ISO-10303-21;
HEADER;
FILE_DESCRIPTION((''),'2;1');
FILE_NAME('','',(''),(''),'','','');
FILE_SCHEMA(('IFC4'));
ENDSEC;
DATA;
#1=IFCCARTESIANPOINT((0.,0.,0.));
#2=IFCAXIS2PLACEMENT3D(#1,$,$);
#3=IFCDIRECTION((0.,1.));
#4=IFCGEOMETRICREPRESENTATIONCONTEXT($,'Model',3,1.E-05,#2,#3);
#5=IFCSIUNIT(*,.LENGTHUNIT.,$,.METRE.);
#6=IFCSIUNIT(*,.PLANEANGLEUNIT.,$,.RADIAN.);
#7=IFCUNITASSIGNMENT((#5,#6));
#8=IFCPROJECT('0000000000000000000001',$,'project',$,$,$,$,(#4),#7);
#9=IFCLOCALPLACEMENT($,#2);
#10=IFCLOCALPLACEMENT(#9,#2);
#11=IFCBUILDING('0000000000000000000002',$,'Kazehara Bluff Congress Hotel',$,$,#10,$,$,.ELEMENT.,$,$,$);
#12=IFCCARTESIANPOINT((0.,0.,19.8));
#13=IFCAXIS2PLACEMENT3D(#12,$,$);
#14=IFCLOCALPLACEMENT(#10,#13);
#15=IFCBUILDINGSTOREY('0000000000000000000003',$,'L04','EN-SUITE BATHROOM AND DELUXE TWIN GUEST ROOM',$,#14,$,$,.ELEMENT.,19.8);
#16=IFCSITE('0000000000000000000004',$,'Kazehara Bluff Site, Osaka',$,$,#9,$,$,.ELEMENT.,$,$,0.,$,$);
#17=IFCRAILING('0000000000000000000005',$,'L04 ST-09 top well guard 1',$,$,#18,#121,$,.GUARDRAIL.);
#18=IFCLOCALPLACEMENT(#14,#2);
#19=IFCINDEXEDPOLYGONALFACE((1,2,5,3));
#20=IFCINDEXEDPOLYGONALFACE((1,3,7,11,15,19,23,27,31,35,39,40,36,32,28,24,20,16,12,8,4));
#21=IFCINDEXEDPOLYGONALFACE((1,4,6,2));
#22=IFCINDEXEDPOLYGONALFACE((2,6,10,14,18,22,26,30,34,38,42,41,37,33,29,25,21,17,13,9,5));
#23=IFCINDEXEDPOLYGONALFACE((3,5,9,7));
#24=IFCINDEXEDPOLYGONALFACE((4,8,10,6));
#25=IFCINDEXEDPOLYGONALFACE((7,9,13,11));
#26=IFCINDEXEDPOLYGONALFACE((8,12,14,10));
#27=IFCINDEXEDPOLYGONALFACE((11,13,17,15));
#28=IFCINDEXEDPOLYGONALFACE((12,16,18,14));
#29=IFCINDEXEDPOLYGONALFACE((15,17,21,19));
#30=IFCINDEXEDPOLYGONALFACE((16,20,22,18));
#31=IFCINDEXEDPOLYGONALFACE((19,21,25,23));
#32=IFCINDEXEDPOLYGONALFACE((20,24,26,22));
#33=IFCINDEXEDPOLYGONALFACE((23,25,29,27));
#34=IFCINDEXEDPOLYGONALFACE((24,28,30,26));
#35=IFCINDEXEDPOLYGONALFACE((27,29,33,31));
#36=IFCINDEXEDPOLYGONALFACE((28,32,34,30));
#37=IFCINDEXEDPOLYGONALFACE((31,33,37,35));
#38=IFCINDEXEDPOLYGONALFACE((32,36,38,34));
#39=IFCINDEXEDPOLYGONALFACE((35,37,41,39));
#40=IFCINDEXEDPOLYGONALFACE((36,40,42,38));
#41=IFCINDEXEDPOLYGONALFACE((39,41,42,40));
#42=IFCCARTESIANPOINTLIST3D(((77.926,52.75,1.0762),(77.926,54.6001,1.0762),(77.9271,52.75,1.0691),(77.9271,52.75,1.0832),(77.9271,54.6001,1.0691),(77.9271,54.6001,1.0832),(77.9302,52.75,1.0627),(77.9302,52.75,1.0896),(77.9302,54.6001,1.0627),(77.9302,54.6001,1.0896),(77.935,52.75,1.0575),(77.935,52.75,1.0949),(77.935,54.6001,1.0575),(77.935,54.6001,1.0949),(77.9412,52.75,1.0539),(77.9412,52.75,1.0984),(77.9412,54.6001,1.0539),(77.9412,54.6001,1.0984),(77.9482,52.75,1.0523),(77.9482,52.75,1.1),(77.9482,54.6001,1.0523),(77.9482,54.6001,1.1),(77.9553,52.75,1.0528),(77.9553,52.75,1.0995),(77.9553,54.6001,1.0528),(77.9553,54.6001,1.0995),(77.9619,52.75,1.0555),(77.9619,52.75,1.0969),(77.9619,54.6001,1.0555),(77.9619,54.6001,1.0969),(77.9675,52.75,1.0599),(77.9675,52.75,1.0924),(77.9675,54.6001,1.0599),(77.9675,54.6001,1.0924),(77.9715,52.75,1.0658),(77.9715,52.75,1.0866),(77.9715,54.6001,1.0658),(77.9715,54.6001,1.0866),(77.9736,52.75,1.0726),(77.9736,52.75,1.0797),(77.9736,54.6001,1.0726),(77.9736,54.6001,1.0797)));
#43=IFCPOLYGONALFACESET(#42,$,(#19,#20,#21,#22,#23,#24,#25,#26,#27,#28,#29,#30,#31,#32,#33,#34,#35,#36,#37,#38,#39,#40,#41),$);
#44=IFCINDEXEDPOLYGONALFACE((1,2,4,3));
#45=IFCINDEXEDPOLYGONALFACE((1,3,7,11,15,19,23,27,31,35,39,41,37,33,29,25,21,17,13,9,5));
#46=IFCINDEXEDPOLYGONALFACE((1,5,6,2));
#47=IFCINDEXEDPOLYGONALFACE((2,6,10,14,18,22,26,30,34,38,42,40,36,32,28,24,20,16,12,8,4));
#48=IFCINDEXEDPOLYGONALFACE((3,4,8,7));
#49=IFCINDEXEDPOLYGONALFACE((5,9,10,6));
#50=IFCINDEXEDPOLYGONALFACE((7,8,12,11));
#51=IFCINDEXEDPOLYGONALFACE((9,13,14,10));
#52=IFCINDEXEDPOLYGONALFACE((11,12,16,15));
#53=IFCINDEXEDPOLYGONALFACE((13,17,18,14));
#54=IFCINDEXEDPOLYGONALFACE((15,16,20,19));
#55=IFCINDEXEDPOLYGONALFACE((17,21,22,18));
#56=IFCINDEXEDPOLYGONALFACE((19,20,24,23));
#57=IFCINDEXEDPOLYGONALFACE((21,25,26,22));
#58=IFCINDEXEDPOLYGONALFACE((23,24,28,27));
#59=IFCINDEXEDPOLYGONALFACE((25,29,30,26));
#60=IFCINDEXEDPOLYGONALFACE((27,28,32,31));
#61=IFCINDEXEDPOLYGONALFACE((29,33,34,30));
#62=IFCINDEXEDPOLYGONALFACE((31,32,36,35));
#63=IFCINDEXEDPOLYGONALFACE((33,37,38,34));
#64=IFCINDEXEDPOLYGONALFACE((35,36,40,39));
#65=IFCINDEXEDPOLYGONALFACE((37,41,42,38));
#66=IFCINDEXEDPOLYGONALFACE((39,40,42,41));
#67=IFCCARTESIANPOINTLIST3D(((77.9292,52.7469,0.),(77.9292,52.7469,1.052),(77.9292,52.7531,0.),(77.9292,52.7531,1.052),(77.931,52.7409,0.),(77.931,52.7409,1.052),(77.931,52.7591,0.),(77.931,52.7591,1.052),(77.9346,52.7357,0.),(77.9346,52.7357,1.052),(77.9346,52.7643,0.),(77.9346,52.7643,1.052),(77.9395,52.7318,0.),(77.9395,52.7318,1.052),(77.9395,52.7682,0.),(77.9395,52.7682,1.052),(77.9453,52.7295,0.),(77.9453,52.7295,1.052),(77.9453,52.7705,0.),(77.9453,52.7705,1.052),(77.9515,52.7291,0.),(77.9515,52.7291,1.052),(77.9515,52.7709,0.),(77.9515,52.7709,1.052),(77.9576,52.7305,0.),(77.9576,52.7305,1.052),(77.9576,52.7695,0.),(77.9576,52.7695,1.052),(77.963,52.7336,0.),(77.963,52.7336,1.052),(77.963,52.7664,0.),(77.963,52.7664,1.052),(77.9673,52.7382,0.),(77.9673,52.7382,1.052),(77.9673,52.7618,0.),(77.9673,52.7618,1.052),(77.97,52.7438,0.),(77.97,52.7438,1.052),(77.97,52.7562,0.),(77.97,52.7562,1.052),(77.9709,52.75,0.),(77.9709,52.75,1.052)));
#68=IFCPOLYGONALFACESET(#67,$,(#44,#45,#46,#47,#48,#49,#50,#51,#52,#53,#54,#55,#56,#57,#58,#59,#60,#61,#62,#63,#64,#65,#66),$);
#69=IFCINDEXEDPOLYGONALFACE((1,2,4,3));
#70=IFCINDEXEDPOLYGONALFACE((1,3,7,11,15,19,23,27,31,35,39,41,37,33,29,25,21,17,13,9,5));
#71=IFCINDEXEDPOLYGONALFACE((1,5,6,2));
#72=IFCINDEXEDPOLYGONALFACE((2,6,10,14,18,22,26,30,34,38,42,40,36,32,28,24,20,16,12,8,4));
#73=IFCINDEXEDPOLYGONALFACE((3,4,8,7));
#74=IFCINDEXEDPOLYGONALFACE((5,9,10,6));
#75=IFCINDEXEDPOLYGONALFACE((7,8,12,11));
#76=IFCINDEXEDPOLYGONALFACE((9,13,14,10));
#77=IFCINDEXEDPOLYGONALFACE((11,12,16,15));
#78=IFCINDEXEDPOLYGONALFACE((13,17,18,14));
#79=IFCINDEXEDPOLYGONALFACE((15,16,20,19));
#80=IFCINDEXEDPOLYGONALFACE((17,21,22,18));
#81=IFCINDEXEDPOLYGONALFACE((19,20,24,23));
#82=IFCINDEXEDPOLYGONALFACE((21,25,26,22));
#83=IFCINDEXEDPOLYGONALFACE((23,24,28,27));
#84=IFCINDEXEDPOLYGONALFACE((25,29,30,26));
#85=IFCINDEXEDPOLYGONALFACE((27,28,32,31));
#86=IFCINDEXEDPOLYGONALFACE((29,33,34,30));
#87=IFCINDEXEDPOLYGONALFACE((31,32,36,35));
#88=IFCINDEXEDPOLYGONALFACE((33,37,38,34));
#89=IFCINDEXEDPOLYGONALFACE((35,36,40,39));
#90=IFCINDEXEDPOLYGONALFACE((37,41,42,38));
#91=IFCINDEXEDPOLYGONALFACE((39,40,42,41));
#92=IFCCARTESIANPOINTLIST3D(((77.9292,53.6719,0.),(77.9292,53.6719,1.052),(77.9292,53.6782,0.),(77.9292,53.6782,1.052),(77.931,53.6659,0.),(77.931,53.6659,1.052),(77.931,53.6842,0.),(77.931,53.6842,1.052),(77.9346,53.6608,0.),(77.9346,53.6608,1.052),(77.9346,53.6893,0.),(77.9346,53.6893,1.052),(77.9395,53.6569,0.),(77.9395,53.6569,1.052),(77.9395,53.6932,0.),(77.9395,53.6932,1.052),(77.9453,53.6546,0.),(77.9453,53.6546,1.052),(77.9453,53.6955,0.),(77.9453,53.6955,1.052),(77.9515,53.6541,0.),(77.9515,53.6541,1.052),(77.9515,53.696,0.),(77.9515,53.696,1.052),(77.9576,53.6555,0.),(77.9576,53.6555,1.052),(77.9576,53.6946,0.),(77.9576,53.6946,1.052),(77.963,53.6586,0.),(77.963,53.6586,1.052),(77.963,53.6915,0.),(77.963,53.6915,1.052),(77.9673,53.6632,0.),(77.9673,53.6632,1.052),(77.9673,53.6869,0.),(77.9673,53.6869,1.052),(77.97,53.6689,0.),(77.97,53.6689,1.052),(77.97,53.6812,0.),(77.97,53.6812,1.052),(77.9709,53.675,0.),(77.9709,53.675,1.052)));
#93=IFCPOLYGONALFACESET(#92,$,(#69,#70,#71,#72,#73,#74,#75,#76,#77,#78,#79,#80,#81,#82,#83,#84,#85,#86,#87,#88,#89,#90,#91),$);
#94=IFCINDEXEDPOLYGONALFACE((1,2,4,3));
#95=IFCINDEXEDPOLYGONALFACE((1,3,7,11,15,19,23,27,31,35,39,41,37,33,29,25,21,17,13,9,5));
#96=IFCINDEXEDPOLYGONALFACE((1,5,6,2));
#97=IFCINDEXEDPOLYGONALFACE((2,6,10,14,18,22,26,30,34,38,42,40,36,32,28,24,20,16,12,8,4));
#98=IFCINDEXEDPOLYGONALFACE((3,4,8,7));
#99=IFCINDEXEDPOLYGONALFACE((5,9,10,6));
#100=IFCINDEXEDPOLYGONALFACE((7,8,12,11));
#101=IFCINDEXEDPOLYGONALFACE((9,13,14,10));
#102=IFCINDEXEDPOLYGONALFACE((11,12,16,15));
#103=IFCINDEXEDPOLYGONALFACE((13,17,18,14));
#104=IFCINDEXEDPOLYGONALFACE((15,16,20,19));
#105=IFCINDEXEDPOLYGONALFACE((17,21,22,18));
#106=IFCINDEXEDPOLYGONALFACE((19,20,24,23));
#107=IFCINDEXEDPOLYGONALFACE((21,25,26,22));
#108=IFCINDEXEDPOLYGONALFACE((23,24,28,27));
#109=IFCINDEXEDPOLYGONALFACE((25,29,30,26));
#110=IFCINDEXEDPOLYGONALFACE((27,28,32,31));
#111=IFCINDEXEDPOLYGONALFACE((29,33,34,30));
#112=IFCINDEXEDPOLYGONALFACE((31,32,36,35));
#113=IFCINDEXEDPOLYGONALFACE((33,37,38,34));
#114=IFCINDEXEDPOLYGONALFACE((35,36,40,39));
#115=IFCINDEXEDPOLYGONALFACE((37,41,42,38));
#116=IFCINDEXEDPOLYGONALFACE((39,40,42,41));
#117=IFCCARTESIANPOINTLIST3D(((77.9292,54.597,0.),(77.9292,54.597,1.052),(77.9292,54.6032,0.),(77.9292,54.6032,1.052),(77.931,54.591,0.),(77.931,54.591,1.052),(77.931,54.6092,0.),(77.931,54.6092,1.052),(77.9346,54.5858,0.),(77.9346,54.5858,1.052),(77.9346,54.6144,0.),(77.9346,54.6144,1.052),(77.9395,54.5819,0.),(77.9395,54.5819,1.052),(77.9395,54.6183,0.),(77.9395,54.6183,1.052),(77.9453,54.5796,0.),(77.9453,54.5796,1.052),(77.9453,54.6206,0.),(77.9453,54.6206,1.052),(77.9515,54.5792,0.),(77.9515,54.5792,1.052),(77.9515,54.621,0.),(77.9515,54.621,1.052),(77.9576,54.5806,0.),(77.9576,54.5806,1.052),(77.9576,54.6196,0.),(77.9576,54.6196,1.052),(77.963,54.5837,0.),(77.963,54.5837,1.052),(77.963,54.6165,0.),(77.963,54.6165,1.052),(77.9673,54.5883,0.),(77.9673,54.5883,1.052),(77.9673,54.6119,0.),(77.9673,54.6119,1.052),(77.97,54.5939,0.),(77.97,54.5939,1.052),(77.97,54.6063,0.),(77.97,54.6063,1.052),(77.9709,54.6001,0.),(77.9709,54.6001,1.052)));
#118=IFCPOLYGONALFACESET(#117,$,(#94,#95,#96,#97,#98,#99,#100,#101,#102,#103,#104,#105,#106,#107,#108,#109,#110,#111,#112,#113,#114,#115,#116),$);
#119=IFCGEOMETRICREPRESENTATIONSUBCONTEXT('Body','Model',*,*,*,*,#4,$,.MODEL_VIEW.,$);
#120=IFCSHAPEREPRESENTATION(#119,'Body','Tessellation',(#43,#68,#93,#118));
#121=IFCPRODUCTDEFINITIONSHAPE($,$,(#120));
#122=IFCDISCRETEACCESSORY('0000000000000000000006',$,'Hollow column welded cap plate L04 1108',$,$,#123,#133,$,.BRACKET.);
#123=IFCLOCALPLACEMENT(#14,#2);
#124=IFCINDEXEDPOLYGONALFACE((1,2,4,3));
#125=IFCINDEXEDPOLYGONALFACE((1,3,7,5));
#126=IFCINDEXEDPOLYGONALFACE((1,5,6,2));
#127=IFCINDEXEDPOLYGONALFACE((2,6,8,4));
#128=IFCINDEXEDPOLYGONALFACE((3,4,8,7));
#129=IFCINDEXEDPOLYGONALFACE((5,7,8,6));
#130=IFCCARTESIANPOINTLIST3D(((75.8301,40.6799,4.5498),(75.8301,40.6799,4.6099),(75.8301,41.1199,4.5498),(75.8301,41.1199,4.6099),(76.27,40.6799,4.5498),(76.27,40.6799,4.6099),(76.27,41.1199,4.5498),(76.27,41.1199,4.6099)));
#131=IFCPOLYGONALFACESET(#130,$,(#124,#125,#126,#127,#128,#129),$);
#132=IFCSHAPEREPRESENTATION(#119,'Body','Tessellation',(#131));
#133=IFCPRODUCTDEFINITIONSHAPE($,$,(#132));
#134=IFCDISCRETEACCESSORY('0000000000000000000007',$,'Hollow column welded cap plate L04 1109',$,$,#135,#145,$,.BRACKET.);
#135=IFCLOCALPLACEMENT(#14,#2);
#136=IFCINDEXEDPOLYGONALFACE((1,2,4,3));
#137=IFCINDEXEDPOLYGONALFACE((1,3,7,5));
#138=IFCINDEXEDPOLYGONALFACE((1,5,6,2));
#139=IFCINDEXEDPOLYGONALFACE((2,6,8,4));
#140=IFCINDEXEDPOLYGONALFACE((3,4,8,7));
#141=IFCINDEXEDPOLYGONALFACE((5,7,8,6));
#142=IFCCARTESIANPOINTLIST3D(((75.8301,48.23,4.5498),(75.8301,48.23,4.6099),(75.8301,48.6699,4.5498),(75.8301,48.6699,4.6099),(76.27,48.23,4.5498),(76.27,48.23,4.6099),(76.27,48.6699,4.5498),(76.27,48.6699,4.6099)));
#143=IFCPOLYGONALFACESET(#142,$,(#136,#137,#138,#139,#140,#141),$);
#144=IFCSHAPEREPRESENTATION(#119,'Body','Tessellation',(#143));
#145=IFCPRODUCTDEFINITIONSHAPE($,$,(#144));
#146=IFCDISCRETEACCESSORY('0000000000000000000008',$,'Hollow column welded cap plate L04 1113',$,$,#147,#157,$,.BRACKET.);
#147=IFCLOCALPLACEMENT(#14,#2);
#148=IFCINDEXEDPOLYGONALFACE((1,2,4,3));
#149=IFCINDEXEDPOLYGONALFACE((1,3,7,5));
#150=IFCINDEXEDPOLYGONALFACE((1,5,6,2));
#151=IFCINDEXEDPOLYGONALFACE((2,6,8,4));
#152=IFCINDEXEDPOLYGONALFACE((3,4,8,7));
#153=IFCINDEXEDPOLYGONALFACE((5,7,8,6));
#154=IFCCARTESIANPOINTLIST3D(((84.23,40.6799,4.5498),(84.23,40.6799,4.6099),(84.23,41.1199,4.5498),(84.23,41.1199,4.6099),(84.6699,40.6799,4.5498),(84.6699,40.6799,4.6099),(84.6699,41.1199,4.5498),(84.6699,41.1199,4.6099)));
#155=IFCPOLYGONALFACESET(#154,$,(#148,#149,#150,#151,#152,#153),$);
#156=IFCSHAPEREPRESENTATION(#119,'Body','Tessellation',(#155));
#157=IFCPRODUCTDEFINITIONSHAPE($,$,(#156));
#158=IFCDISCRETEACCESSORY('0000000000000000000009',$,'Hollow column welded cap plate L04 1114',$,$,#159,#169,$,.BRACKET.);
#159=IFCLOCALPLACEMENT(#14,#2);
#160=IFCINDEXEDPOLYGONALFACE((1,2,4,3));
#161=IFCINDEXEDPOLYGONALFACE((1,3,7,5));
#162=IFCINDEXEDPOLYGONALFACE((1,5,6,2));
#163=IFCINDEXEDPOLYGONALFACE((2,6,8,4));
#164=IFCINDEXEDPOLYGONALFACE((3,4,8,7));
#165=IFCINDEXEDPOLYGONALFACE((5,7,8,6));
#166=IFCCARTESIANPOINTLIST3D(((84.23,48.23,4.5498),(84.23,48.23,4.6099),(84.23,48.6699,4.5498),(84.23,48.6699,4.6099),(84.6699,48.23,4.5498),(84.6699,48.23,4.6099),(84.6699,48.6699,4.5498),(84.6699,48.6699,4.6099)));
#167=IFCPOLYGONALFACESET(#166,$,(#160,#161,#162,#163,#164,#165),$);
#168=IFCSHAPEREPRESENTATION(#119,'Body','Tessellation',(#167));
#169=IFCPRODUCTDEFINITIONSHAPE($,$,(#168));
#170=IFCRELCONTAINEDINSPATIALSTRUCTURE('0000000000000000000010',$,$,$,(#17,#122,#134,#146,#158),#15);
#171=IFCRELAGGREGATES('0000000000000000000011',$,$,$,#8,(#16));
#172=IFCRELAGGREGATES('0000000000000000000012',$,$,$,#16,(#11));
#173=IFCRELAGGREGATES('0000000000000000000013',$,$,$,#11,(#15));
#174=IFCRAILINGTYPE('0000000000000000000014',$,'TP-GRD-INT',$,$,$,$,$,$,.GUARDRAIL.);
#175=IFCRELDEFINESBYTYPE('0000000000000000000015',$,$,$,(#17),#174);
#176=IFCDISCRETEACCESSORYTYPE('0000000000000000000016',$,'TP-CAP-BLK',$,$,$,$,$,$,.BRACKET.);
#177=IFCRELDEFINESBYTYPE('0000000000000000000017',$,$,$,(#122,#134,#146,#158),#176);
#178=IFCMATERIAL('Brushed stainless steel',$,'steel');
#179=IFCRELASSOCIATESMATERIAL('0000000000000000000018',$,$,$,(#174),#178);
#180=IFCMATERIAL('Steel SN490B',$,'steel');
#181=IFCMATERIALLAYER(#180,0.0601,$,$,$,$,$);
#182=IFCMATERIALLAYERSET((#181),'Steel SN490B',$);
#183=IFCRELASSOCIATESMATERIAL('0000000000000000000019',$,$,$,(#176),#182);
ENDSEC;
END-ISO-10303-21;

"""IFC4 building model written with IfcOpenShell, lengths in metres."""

from ifc_helpers import new_model, si_unit, direction, frame, origin, origin_2d, place, context, subcontext, project, spatial, rectangle, circle, extrude, material, layer, layer_set, type_object, element, save


model = new_model("IFC4")

# Units and contexts
model_context = context("Model", 3, precision=1e-05, world=origin(), true_north=direction((0.0, 1.0)))
body_context = subcontext(model_context, "Body", "Model", "MODEL_VIEW")
ifc_project = project(units=[si_unit("LENGTHUNIT", "METRE"), si_unit("PLANEANGLEUNIT", "RADIAN")], contexts=[model_context])

# Site, building, storey
site_placement = place(None, origin())
site = spatial("IfcSite", under=ifc_project, at=site_placement, Name="Kazehara Bluff Site, Osaka", CompositionType="ELEMENT", RefElevation=0.0)
building_placement = place(site_placement, origin())
building = spatial("IfcBuilding", under=site, at=building_placement, Name="Kazehara Bluff Congress Hotel", CompositionType="ELEMENT")
storey_placement = place(building_placement, frame((0.0, 0.0, 19.8)))
storey = spatial("IfcBuildingStorey", under=building, at=storey_placement, Name="L04", Description="EN-SUITE BATHROOM AND DELUXE TWIN GUEST ROOM", CompositionType="ELEMENT", Elevation=19.8)

# Railing
ifc_material_1 = material(Name="Brushed stainless steel", Category="steel")
railing_type = type_object("IfcRailingType", Name="TP-GRD-INT", PredefinedType="GUARDRAIL", material=ifc_material_1)
railing_placement = place(storey_placement, frame((77.95, 52.75, 0.0)))
element("IfcRailing", 1, at=railing_placement, inside=storey, type_object=railing_type, Name="L04 ST-09 top well guard 1", PredefinedType="GUARDRAIL", context=body_context, shape_type="SweptSolid", body=[
    extrude(circle(Radius=0.0239, at=origin_2d()), frame((0.0, 0.0, 1.0762), z_axis=(0.0, 1.0, 0.0), x_axis=(-1.0, 0.0, 0.0)), (0.0, 0.0, 1.0), 1.8501),
    extrude(circle(Radius=0.021, at=origin_2d()), origin(), (0.0, 0.0, 1.0), 1.052),
    extrude(circle(Radius=0.021, at=origin_2d()), frame((0.0, 0.925, 0.0)), (0.0, 0.0, 1.0), 1.052),
    extrude(circle(Radius=0.021, at=origin_2d()), frame((0.0, 1.8501, 0.0)), (0.0, 0.0, 1.0), 1.052),
])

# Discrete accessories
ifc_material_2 = material(Name="Steel SN490B", Category="steel")
ifc_layer_1 = layer(ifc_material_2, 0.0601)
ifc_layer_set_1 = layer_set([ifc_layer_1], Name="Steel SN490B")
discrete_accessory_type = type_object("IfcDiscreteAccessoryType", Name="TP-CAP-BLK", PredefinedType="BRACKET", material=ifc_layer_set_1)
for number, where, z_axis, x_axis, name in (
    (2, (76.05, 40.8999, 4.5498), (0.0, 0.0, 1.0), (1.0, 0.0, 0.0), "Hollow column welded cap plate L04 1108"),
    (3, (76.05, 48.45, 4.5498), (0.0, 0.0, 1.0), (1.0, 0.0, 0.0), "Hollow column welded cap plate L04 1109"),
    (4, (84.45, 40.8999, 4.5498), (0.0, 0.0, 1.0), (1.0, 0.0, 0.0), "Hollow column welded cap plate L04 1113"),
    (5, (84.45, 48.45, 4.5498), (0.0, 0.0, 1.0), (1.0, 0.0, 0.0), "Hollow column welded cap plate L04 1114"),
):
    element("IfcDiscreteAccessory", number, at=place(storey_placement, frame(where, z_axis=z_axis, x_axis=x_axis)), inside=storey, type_object=discrete_accessory_type, Name=name, PredefinedType="BRACKET", context=body_context, shape_type="SweptSolid", body=[
        extrude(rectangle(XDim=0.4399, YDim=0.4399, at=origin_2d()), origin(), (0.0, 0.0, 1.0), 0.0601),
    ])

save(model, "model.ifc")
